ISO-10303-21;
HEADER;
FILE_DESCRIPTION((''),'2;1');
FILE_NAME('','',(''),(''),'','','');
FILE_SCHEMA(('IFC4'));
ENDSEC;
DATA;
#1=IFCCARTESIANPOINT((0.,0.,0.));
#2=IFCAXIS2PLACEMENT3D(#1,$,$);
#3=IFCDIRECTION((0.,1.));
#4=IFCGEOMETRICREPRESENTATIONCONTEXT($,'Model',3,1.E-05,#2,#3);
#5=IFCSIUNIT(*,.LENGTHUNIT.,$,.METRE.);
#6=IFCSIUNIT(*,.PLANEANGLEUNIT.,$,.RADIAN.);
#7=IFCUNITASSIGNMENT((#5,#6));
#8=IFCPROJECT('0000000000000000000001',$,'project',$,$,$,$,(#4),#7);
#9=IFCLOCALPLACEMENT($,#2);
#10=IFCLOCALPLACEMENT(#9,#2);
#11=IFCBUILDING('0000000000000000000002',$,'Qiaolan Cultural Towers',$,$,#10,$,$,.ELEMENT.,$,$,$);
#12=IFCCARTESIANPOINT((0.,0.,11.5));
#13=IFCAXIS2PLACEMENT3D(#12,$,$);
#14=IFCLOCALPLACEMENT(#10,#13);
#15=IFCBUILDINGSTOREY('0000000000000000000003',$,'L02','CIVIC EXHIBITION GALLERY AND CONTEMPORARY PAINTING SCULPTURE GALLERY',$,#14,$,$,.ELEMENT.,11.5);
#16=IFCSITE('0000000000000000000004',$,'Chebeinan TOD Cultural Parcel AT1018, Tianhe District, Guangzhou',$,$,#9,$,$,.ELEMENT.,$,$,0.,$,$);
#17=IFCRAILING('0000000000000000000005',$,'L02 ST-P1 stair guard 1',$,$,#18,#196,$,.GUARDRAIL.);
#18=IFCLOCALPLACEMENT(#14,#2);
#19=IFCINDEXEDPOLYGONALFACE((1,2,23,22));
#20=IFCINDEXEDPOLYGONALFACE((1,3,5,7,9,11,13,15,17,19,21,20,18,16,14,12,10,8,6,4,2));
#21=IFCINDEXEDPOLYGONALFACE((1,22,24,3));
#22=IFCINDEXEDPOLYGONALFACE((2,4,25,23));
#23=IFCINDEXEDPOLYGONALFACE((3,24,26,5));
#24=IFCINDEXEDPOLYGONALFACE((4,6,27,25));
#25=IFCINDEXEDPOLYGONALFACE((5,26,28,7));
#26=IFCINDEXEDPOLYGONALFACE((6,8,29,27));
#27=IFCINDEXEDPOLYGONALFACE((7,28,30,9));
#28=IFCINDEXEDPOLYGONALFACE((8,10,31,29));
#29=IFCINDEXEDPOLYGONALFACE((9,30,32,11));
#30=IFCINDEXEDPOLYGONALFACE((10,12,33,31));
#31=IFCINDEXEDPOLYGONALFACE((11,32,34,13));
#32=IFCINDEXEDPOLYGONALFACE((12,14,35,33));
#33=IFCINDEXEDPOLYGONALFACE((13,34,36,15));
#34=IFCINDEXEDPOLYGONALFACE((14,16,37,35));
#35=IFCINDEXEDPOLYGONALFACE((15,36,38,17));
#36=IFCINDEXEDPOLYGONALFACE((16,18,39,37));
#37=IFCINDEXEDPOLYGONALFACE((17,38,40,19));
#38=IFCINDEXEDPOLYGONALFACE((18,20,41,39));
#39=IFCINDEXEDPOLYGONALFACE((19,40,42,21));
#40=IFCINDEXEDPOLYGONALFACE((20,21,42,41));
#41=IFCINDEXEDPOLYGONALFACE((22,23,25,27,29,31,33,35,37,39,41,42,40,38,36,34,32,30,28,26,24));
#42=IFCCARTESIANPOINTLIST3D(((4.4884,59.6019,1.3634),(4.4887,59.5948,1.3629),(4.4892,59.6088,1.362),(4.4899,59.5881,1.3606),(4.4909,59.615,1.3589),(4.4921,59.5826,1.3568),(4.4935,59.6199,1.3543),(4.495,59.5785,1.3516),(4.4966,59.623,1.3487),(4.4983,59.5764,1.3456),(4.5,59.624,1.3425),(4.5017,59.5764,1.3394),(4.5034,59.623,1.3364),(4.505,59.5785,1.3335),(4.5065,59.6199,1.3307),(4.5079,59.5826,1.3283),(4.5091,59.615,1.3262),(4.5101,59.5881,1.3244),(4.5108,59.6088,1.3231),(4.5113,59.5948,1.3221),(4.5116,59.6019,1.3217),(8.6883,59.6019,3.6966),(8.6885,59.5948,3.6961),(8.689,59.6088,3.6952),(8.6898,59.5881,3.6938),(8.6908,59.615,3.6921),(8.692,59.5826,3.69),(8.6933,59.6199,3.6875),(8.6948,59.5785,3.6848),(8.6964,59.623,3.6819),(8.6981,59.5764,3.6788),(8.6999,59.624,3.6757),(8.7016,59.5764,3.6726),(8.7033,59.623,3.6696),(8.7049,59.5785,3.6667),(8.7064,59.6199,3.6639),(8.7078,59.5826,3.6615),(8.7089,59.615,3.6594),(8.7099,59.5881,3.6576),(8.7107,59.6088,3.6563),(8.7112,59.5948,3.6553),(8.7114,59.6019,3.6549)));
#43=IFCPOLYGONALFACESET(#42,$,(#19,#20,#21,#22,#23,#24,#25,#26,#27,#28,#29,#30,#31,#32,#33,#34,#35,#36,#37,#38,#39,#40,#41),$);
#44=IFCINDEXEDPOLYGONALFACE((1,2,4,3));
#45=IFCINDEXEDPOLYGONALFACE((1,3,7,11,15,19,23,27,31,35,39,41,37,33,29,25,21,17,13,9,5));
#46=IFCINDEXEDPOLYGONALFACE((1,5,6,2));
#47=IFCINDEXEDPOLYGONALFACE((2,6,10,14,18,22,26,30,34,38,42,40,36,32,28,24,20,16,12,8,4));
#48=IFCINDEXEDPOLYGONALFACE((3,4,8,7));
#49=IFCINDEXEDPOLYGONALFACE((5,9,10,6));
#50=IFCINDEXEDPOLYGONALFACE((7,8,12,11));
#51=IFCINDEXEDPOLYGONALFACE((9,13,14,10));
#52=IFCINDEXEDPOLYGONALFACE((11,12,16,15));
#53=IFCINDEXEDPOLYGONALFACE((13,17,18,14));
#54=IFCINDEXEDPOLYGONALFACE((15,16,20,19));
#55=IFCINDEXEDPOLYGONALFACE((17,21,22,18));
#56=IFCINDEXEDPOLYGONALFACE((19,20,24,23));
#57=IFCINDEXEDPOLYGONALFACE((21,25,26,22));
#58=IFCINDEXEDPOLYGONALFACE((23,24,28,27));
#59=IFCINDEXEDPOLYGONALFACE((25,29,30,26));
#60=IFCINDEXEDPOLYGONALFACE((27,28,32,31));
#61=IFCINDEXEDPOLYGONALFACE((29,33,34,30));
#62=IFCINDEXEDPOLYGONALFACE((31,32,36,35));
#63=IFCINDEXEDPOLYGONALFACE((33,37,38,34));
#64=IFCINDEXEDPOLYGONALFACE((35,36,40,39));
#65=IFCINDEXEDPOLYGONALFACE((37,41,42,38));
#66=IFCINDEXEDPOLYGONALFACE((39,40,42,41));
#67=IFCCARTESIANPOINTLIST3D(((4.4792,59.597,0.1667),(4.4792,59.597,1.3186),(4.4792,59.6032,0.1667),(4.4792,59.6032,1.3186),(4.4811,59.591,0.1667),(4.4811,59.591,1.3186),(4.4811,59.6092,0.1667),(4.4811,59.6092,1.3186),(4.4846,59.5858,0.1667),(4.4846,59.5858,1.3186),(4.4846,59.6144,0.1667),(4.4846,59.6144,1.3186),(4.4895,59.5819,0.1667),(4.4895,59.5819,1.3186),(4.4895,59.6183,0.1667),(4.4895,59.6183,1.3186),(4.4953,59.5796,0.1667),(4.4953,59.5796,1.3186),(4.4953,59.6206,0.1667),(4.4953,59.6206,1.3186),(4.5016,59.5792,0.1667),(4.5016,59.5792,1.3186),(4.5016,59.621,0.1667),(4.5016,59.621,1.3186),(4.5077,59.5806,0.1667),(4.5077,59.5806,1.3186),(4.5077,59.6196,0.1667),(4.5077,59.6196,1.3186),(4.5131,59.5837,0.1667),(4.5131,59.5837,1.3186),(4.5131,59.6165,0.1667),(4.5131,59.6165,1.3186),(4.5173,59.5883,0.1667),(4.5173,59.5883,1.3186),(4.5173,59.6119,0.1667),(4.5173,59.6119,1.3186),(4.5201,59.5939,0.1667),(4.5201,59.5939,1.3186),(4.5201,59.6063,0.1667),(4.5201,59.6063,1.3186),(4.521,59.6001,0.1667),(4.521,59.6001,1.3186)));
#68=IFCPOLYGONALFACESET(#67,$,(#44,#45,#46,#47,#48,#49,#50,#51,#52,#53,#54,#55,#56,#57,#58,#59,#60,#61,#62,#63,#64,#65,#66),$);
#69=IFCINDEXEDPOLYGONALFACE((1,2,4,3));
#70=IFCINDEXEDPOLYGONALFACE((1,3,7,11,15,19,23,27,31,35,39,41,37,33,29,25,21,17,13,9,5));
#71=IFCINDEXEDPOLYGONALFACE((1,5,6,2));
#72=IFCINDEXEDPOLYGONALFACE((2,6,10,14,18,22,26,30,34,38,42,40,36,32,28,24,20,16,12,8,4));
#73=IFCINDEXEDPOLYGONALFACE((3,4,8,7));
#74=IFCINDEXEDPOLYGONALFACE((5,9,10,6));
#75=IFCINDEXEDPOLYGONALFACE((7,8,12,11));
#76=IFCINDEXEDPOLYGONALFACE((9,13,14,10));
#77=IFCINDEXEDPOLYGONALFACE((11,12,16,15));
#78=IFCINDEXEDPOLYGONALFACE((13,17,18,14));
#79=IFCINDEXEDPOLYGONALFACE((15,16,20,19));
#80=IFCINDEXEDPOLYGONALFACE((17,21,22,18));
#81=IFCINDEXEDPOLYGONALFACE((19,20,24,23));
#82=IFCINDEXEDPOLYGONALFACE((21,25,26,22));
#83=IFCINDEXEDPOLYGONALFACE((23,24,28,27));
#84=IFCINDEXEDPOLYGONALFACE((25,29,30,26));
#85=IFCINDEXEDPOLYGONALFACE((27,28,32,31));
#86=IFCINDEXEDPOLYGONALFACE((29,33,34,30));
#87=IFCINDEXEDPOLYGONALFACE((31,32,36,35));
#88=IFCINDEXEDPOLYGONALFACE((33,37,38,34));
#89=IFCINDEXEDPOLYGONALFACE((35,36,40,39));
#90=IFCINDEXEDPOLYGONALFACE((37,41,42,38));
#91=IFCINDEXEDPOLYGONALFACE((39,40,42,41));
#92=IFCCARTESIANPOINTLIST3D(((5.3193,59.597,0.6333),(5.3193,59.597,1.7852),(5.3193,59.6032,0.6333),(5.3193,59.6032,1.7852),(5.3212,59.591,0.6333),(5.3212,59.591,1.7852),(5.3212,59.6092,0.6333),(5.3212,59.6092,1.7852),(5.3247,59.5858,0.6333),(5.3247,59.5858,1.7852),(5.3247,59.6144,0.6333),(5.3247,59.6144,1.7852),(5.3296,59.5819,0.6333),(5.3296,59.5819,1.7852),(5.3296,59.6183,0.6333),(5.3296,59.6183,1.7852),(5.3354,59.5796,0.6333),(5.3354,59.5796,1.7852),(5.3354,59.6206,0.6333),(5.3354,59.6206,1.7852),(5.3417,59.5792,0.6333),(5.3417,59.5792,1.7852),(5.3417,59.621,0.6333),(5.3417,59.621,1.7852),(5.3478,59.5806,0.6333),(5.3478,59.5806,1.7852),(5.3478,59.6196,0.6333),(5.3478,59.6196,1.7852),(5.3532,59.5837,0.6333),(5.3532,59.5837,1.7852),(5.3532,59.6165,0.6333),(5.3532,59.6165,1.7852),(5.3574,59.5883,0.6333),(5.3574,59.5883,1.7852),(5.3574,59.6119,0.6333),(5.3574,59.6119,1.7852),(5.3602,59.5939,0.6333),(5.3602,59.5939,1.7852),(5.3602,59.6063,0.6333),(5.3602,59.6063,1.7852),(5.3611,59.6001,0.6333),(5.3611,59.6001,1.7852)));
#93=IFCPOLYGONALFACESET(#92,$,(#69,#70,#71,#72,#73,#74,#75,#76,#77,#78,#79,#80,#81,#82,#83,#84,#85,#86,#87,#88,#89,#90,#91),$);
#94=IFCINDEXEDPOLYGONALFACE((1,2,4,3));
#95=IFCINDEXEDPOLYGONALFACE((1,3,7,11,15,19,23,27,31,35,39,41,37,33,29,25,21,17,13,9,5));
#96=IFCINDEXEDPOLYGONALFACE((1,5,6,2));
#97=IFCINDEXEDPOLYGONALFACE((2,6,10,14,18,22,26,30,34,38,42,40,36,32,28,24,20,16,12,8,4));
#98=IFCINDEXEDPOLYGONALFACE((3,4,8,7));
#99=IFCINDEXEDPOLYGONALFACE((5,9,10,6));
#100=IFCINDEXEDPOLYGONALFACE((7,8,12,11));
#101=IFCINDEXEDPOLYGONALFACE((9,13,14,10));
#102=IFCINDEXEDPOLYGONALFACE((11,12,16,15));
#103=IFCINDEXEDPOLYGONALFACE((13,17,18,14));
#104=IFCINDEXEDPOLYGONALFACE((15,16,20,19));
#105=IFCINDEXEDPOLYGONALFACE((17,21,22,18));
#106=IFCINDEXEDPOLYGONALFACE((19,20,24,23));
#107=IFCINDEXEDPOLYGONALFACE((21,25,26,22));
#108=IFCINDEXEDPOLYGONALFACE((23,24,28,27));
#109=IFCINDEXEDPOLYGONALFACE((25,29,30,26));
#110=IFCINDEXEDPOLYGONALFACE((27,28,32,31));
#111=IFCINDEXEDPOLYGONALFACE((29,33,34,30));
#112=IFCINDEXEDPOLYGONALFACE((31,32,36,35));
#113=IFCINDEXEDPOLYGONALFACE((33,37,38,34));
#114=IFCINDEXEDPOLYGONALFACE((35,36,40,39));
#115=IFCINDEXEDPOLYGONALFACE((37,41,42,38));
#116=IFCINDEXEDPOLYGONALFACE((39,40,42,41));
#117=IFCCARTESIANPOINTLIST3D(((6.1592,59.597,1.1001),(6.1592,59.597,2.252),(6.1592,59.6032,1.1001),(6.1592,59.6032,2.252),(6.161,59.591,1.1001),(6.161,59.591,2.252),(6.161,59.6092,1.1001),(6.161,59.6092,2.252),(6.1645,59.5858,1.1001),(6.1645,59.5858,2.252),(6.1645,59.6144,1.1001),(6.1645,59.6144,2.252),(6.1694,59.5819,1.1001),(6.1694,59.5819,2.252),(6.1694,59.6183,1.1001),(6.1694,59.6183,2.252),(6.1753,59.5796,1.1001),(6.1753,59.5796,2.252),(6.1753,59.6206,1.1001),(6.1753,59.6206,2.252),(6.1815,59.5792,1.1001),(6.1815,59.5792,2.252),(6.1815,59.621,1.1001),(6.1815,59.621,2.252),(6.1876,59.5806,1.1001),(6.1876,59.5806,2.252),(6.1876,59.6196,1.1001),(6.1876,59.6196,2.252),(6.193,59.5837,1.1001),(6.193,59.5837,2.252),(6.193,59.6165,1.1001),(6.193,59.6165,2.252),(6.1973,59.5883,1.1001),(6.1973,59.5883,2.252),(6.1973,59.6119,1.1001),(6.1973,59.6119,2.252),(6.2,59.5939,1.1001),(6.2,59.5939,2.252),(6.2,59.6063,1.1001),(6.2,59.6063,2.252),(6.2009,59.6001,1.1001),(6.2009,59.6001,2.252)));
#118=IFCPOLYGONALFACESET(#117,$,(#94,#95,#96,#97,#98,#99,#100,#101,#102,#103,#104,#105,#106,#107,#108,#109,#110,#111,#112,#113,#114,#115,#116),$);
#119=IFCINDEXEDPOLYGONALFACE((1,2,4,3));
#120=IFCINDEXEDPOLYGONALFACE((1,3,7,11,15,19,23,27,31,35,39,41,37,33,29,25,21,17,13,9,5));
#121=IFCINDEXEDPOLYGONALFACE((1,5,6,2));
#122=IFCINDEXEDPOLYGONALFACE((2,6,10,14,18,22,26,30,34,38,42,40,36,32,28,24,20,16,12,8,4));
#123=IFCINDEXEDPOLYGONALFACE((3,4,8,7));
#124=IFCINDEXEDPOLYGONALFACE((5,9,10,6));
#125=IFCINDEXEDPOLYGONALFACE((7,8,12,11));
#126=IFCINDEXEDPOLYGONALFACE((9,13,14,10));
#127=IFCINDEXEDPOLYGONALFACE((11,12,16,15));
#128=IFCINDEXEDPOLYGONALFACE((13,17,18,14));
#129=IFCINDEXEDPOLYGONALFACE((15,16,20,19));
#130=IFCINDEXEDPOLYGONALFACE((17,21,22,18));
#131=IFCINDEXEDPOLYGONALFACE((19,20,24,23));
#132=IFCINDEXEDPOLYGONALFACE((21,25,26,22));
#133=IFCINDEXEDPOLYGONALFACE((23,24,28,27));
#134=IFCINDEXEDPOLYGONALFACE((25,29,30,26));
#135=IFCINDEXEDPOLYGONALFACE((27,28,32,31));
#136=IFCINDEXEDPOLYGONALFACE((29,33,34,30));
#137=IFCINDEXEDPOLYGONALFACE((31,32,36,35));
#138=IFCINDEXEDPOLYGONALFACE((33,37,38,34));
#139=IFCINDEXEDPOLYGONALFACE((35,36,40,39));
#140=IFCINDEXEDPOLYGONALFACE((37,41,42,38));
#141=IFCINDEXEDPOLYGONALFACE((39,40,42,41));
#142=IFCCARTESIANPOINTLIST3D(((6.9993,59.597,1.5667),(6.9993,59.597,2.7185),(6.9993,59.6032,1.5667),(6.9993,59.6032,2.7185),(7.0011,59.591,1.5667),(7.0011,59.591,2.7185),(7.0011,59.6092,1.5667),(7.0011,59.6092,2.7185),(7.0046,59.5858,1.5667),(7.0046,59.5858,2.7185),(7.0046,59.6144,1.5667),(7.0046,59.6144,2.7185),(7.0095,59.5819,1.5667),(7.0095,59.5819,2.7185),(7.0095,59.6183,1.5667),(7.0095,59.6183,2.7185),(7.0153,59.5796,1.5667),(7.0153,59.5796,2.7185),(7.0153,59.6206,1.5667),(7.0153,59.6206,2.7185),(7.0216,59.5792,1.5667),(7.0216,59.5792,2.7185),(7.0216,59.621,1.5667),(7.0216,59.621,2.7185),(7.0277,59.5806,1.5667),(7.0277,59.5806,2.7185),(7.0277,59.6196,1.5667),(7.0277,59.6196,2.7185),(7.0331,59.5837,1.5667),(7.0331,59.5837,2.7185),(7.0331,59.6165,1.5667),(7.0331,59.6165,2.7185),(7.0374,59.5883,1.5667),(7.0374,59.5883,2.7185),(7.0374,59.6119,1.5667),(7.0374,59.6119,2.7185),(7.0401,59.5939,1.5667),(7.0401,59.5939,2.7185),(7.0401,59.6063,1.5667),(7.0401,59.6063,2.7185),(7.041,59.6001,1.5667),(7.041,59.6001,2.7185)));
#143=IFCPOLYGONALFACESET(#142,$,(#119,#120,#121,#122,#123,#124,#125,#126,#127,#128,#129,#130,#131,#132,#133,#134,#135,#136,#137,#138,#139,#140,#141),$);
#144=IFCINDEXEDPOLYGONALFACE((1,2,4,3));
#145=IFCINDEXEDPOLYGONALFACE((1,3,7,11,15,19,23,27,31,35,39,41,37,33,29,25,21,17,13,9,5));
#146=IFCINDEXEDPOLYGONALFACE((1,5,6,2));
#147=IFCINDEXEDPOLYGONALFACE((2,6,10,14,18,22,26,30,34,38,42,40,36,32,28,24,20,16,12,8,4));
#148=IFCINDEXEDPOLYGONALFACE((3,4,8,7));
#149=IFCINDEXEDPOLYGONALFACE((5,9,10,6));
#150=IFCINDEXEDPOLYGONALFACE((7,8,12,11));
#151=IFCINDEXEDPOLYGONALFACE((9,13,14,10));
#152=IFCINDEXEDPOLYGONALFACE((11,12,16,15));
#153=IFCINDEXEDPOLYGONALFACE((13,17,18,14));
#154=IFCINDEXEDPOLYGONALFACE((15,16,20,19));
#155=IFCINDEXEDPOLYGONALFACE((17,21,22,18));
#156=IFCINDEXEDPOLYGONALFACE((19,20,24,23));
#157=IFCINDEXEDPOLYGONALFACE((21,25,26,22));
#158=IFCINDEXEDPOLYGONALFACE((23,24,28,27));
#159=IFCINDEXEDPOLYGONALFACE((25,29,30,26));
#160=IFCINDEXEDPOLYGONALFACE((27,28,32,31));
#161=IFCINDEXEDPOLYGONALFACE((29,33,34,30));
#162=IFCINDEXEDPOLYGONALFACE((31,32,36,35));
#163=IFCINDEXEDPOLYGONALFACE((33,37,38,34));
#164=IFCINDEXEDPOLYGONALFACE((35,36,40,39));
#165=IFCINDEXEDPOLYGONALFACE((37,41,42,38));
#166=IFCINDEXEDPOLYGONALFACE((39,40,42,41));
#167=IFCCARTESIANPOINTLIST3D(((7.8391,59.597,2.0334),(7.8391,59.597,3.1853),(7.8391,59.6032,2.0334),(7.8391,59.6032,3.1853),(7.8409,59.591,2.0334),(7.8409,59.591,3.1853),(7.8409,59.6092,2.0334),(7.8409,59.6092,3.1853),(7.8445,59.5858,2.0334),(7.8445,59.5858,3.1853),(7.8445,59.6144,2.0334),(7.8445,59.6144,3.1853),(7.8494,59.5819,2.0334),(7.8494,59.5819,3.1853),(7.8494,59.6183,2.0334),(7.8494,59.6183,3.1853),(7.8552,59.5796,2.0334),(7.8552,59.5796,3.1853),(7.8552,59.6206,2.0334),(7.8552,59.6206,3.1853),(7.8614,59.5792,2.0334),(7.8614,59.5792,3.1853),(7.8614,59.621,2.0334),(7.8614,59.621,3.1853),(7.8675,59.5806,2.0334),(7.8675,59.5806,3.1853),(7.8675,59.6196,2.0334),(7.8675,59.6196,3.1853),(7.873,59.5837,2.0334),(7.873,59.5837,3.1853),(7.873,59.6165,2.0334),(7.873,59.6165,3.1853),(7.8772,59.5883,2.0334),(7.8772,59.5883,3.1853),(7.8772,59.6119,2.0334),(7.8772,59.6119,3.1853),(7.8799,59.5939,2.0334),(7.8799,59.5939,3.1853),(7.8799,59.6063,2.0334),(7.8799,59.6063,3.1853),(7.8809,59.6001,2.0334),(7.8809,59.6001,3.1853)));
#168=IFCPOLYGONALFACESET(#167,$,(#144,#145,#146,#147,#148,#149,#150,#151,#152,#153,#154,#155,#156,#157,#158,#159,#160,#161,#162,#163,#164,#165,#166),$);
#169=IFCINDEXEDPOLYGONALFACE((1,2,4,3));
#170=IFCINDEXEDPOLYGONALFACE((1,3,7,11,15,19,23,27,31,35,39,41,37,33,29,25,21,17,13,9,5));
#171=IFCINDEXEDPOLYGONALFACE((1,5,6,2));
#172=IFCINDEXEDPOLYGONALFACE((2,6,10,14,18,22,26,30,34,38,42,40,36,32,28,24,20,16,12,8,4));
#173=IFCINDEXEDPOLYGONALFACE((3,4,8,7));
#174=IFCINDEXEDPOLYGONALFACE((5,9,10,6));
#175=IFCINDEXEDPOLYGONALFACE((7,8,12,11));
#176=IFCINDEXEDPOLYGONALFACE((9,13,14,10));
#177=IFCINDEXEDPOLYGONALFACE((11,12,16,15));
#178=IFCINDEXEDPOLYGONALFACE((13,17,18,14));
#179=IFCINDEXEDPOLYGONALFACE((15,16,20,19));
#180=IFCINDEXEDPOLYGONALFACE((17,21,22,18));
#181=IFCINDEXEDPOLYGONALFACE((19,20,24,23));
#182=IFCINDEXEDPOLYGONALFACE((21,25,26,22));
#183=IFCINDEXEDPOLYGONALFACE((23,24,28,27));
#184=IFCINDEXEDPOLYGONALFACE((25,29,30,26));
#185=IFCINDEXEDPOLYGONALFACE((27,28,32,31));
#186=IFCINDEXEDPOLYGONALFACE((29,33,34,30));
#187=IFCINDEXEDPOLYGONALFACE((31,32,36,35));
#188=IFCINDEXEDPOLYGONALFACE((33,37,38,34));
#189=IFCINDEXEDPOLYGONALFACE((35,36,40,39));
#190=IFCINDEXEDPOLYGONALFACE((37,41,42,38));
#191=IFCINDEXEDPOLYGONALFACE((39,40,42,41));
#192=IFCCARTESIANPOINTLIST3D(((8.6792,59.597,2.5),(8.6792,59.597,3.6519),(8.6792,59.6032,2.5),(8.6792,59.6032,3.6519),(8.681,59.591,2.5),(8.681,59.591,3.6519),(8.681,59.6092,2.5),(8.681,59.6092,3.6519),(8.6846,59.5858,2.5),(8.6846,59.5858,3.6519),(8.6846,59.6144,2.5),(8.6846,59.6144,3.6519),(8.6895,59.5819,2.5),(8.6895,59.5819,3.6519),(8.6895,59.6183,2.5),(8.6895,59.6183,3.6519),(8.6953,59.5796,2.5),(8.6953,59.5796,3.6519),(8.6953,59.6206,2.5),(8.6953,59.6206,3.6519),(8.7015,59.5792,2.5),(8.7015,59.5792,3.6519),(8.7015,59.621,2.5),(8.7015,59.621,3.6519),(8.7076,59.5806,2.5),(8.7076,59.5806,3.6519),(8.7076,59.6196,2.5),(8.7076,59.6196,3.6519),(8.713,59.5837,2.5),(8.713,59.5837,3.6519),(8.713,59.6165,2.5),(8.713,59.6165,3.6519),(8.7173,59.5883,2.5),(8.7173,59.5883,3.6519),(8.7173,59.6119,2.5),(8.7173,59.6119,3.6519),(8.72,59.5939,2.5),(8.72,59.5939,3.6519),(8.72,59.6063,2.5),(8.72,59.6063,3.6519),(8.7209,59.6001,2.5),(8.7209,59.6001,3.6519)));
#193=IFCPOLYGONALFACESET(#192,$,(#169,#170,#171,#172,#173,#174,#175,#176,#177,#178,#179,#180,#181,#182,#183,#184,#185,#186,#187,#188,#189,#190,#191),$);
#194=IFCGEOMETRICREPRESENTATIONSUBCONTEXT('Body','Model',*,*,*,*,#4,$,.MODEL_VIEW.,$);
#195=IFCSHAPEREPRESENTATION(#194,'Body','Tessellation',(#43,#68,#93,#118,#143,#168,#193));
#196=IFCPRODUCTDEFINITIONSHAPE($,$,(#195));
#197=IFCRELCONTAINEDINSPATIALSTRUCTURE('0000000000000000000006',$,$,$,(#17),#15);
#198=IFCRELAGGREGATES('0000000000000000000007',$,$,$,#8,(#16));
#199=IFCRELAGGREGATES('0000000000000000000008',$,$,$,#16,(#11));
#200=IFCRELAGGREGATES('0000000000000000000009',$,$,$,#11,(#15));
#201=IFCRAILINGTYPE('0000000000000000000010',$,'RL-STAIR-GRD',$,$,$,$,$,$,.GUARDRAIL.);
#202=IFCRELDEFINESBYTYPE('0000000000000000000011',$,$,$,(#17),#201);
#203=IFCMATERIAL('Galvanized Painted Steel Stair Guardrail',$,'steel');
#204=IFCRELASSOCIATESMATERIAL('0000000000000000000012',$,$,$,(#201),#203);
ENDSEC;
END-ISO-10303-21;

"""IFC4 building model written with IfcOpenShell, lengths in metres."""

from ifc_helpers import new_model, si_unit, direction, frame, origin, origin_2d, place, context, subcontext, project, spatial, circle, extrude, material, type_object, element, save


model = new_model("IFC4")

# Units and contexts
model_context = context("Model", 3, precision=1e-05, world=origin(), true_north=direction((0.0, 1.0)))
body_context = subcontext(model_context, "Body", "Model", "MODEL_VIEW")
ifc_project = project(units=[si_unit("LENGTHUNIT", "METRE"), si_unit("PLANEANGLEUNIT", "RADIAN")], contexts=[model_context])

# Site, building, storey
site_placement = place(None, origin())
site = spatial("IfcSite", under=ifc_project, at=site_placement, Name="Chebeinan TOD Cultural Parcel AT1018, Tianhe District, Guangzhou", CompositionType="ELEMENT", RefElevation=0.0)
building_placement = place(site_placement, origin())
building = spatial("IfcBuilding", under=site, at=building_placement, Name="Qiaolan Cultural Towers", CompositionType="ELEMENT")
storey_placement = place(building_placement, frame((0.0, 0.0, 11.5)))
storey = spatial("IfcBuildingStorey", under=building, at=storey_placement, Name="L02", Description="CIVIC EXHIBITION GALLERY AND CONTEMPORARY PAINTING SCULPTURE GALLERY", CompositionType="ELEMENT", Elevation=11.5)

# Railing
ifc_material_1 = material(Name="Galvanized Painted Steel Stair Guardrail", Category="steel")
railing_type_1 = type_object("IfcRailingType", Name="RL-STAIR-GRD", PredefinedType="GUARDRAIL", material=ifc_material_1)
railing_1_placement = place(storey_placement, frame((4.5, 59.6001, 0.1667)))
element("IfcRailing", 1, at=railing_1_placement, inside=storey, type_object=railing_type_1, Name="L02 ST-P1 stair guard 1", PredefinedType="GUARDRAIL", context=body_context, shape_type="SweptSolid", body=[
    extrude(circle(Radius=0.0239, at=origin_2d()), frame((0.0, 0.0, 1.1758), z_axis=(0.874162, 0.0, 0.485634), x_axis=(0.0, 1.0, 0.0)), (0.0, 0.0, 1.0), 4.8044),
    extrude(circle(Radius=0.021, at=origin_2d()), origin(), (0.0, 0.0, 1.0), 1.1519),
    extrude(circle(Radius=0.021, at=origin_2d()), frame((0.8401, 0.0, 0.4666)), (0.0, 0.0, 1.0), 1.1519),
    extrude(circle(Radius=0.021, at=origin_2d()), frame((1.6799, 0.0, 0.9333)), (0.0, 0.0, 1.0), 1.1519),
    extrude(circle(Radius=0.021, at=origin_2d()), frame((2.52, 0.0, 1.3999)), (0.0, 0.0, 1.0), 1.1519),
    extrude(circle(Radius=0.021, at=origin_2d()), frame((3.3599, 0.0, 1.8667)), (0.0, 0.0, 1.0), 1.1519),
    extrude(circle(Radius=0.021, at=origin_2d()), frame((4.2, 0.0, 2.3333)), (0.0, 0.0, 1.0), 1.1519),
])

save(model, "model.ifc")
